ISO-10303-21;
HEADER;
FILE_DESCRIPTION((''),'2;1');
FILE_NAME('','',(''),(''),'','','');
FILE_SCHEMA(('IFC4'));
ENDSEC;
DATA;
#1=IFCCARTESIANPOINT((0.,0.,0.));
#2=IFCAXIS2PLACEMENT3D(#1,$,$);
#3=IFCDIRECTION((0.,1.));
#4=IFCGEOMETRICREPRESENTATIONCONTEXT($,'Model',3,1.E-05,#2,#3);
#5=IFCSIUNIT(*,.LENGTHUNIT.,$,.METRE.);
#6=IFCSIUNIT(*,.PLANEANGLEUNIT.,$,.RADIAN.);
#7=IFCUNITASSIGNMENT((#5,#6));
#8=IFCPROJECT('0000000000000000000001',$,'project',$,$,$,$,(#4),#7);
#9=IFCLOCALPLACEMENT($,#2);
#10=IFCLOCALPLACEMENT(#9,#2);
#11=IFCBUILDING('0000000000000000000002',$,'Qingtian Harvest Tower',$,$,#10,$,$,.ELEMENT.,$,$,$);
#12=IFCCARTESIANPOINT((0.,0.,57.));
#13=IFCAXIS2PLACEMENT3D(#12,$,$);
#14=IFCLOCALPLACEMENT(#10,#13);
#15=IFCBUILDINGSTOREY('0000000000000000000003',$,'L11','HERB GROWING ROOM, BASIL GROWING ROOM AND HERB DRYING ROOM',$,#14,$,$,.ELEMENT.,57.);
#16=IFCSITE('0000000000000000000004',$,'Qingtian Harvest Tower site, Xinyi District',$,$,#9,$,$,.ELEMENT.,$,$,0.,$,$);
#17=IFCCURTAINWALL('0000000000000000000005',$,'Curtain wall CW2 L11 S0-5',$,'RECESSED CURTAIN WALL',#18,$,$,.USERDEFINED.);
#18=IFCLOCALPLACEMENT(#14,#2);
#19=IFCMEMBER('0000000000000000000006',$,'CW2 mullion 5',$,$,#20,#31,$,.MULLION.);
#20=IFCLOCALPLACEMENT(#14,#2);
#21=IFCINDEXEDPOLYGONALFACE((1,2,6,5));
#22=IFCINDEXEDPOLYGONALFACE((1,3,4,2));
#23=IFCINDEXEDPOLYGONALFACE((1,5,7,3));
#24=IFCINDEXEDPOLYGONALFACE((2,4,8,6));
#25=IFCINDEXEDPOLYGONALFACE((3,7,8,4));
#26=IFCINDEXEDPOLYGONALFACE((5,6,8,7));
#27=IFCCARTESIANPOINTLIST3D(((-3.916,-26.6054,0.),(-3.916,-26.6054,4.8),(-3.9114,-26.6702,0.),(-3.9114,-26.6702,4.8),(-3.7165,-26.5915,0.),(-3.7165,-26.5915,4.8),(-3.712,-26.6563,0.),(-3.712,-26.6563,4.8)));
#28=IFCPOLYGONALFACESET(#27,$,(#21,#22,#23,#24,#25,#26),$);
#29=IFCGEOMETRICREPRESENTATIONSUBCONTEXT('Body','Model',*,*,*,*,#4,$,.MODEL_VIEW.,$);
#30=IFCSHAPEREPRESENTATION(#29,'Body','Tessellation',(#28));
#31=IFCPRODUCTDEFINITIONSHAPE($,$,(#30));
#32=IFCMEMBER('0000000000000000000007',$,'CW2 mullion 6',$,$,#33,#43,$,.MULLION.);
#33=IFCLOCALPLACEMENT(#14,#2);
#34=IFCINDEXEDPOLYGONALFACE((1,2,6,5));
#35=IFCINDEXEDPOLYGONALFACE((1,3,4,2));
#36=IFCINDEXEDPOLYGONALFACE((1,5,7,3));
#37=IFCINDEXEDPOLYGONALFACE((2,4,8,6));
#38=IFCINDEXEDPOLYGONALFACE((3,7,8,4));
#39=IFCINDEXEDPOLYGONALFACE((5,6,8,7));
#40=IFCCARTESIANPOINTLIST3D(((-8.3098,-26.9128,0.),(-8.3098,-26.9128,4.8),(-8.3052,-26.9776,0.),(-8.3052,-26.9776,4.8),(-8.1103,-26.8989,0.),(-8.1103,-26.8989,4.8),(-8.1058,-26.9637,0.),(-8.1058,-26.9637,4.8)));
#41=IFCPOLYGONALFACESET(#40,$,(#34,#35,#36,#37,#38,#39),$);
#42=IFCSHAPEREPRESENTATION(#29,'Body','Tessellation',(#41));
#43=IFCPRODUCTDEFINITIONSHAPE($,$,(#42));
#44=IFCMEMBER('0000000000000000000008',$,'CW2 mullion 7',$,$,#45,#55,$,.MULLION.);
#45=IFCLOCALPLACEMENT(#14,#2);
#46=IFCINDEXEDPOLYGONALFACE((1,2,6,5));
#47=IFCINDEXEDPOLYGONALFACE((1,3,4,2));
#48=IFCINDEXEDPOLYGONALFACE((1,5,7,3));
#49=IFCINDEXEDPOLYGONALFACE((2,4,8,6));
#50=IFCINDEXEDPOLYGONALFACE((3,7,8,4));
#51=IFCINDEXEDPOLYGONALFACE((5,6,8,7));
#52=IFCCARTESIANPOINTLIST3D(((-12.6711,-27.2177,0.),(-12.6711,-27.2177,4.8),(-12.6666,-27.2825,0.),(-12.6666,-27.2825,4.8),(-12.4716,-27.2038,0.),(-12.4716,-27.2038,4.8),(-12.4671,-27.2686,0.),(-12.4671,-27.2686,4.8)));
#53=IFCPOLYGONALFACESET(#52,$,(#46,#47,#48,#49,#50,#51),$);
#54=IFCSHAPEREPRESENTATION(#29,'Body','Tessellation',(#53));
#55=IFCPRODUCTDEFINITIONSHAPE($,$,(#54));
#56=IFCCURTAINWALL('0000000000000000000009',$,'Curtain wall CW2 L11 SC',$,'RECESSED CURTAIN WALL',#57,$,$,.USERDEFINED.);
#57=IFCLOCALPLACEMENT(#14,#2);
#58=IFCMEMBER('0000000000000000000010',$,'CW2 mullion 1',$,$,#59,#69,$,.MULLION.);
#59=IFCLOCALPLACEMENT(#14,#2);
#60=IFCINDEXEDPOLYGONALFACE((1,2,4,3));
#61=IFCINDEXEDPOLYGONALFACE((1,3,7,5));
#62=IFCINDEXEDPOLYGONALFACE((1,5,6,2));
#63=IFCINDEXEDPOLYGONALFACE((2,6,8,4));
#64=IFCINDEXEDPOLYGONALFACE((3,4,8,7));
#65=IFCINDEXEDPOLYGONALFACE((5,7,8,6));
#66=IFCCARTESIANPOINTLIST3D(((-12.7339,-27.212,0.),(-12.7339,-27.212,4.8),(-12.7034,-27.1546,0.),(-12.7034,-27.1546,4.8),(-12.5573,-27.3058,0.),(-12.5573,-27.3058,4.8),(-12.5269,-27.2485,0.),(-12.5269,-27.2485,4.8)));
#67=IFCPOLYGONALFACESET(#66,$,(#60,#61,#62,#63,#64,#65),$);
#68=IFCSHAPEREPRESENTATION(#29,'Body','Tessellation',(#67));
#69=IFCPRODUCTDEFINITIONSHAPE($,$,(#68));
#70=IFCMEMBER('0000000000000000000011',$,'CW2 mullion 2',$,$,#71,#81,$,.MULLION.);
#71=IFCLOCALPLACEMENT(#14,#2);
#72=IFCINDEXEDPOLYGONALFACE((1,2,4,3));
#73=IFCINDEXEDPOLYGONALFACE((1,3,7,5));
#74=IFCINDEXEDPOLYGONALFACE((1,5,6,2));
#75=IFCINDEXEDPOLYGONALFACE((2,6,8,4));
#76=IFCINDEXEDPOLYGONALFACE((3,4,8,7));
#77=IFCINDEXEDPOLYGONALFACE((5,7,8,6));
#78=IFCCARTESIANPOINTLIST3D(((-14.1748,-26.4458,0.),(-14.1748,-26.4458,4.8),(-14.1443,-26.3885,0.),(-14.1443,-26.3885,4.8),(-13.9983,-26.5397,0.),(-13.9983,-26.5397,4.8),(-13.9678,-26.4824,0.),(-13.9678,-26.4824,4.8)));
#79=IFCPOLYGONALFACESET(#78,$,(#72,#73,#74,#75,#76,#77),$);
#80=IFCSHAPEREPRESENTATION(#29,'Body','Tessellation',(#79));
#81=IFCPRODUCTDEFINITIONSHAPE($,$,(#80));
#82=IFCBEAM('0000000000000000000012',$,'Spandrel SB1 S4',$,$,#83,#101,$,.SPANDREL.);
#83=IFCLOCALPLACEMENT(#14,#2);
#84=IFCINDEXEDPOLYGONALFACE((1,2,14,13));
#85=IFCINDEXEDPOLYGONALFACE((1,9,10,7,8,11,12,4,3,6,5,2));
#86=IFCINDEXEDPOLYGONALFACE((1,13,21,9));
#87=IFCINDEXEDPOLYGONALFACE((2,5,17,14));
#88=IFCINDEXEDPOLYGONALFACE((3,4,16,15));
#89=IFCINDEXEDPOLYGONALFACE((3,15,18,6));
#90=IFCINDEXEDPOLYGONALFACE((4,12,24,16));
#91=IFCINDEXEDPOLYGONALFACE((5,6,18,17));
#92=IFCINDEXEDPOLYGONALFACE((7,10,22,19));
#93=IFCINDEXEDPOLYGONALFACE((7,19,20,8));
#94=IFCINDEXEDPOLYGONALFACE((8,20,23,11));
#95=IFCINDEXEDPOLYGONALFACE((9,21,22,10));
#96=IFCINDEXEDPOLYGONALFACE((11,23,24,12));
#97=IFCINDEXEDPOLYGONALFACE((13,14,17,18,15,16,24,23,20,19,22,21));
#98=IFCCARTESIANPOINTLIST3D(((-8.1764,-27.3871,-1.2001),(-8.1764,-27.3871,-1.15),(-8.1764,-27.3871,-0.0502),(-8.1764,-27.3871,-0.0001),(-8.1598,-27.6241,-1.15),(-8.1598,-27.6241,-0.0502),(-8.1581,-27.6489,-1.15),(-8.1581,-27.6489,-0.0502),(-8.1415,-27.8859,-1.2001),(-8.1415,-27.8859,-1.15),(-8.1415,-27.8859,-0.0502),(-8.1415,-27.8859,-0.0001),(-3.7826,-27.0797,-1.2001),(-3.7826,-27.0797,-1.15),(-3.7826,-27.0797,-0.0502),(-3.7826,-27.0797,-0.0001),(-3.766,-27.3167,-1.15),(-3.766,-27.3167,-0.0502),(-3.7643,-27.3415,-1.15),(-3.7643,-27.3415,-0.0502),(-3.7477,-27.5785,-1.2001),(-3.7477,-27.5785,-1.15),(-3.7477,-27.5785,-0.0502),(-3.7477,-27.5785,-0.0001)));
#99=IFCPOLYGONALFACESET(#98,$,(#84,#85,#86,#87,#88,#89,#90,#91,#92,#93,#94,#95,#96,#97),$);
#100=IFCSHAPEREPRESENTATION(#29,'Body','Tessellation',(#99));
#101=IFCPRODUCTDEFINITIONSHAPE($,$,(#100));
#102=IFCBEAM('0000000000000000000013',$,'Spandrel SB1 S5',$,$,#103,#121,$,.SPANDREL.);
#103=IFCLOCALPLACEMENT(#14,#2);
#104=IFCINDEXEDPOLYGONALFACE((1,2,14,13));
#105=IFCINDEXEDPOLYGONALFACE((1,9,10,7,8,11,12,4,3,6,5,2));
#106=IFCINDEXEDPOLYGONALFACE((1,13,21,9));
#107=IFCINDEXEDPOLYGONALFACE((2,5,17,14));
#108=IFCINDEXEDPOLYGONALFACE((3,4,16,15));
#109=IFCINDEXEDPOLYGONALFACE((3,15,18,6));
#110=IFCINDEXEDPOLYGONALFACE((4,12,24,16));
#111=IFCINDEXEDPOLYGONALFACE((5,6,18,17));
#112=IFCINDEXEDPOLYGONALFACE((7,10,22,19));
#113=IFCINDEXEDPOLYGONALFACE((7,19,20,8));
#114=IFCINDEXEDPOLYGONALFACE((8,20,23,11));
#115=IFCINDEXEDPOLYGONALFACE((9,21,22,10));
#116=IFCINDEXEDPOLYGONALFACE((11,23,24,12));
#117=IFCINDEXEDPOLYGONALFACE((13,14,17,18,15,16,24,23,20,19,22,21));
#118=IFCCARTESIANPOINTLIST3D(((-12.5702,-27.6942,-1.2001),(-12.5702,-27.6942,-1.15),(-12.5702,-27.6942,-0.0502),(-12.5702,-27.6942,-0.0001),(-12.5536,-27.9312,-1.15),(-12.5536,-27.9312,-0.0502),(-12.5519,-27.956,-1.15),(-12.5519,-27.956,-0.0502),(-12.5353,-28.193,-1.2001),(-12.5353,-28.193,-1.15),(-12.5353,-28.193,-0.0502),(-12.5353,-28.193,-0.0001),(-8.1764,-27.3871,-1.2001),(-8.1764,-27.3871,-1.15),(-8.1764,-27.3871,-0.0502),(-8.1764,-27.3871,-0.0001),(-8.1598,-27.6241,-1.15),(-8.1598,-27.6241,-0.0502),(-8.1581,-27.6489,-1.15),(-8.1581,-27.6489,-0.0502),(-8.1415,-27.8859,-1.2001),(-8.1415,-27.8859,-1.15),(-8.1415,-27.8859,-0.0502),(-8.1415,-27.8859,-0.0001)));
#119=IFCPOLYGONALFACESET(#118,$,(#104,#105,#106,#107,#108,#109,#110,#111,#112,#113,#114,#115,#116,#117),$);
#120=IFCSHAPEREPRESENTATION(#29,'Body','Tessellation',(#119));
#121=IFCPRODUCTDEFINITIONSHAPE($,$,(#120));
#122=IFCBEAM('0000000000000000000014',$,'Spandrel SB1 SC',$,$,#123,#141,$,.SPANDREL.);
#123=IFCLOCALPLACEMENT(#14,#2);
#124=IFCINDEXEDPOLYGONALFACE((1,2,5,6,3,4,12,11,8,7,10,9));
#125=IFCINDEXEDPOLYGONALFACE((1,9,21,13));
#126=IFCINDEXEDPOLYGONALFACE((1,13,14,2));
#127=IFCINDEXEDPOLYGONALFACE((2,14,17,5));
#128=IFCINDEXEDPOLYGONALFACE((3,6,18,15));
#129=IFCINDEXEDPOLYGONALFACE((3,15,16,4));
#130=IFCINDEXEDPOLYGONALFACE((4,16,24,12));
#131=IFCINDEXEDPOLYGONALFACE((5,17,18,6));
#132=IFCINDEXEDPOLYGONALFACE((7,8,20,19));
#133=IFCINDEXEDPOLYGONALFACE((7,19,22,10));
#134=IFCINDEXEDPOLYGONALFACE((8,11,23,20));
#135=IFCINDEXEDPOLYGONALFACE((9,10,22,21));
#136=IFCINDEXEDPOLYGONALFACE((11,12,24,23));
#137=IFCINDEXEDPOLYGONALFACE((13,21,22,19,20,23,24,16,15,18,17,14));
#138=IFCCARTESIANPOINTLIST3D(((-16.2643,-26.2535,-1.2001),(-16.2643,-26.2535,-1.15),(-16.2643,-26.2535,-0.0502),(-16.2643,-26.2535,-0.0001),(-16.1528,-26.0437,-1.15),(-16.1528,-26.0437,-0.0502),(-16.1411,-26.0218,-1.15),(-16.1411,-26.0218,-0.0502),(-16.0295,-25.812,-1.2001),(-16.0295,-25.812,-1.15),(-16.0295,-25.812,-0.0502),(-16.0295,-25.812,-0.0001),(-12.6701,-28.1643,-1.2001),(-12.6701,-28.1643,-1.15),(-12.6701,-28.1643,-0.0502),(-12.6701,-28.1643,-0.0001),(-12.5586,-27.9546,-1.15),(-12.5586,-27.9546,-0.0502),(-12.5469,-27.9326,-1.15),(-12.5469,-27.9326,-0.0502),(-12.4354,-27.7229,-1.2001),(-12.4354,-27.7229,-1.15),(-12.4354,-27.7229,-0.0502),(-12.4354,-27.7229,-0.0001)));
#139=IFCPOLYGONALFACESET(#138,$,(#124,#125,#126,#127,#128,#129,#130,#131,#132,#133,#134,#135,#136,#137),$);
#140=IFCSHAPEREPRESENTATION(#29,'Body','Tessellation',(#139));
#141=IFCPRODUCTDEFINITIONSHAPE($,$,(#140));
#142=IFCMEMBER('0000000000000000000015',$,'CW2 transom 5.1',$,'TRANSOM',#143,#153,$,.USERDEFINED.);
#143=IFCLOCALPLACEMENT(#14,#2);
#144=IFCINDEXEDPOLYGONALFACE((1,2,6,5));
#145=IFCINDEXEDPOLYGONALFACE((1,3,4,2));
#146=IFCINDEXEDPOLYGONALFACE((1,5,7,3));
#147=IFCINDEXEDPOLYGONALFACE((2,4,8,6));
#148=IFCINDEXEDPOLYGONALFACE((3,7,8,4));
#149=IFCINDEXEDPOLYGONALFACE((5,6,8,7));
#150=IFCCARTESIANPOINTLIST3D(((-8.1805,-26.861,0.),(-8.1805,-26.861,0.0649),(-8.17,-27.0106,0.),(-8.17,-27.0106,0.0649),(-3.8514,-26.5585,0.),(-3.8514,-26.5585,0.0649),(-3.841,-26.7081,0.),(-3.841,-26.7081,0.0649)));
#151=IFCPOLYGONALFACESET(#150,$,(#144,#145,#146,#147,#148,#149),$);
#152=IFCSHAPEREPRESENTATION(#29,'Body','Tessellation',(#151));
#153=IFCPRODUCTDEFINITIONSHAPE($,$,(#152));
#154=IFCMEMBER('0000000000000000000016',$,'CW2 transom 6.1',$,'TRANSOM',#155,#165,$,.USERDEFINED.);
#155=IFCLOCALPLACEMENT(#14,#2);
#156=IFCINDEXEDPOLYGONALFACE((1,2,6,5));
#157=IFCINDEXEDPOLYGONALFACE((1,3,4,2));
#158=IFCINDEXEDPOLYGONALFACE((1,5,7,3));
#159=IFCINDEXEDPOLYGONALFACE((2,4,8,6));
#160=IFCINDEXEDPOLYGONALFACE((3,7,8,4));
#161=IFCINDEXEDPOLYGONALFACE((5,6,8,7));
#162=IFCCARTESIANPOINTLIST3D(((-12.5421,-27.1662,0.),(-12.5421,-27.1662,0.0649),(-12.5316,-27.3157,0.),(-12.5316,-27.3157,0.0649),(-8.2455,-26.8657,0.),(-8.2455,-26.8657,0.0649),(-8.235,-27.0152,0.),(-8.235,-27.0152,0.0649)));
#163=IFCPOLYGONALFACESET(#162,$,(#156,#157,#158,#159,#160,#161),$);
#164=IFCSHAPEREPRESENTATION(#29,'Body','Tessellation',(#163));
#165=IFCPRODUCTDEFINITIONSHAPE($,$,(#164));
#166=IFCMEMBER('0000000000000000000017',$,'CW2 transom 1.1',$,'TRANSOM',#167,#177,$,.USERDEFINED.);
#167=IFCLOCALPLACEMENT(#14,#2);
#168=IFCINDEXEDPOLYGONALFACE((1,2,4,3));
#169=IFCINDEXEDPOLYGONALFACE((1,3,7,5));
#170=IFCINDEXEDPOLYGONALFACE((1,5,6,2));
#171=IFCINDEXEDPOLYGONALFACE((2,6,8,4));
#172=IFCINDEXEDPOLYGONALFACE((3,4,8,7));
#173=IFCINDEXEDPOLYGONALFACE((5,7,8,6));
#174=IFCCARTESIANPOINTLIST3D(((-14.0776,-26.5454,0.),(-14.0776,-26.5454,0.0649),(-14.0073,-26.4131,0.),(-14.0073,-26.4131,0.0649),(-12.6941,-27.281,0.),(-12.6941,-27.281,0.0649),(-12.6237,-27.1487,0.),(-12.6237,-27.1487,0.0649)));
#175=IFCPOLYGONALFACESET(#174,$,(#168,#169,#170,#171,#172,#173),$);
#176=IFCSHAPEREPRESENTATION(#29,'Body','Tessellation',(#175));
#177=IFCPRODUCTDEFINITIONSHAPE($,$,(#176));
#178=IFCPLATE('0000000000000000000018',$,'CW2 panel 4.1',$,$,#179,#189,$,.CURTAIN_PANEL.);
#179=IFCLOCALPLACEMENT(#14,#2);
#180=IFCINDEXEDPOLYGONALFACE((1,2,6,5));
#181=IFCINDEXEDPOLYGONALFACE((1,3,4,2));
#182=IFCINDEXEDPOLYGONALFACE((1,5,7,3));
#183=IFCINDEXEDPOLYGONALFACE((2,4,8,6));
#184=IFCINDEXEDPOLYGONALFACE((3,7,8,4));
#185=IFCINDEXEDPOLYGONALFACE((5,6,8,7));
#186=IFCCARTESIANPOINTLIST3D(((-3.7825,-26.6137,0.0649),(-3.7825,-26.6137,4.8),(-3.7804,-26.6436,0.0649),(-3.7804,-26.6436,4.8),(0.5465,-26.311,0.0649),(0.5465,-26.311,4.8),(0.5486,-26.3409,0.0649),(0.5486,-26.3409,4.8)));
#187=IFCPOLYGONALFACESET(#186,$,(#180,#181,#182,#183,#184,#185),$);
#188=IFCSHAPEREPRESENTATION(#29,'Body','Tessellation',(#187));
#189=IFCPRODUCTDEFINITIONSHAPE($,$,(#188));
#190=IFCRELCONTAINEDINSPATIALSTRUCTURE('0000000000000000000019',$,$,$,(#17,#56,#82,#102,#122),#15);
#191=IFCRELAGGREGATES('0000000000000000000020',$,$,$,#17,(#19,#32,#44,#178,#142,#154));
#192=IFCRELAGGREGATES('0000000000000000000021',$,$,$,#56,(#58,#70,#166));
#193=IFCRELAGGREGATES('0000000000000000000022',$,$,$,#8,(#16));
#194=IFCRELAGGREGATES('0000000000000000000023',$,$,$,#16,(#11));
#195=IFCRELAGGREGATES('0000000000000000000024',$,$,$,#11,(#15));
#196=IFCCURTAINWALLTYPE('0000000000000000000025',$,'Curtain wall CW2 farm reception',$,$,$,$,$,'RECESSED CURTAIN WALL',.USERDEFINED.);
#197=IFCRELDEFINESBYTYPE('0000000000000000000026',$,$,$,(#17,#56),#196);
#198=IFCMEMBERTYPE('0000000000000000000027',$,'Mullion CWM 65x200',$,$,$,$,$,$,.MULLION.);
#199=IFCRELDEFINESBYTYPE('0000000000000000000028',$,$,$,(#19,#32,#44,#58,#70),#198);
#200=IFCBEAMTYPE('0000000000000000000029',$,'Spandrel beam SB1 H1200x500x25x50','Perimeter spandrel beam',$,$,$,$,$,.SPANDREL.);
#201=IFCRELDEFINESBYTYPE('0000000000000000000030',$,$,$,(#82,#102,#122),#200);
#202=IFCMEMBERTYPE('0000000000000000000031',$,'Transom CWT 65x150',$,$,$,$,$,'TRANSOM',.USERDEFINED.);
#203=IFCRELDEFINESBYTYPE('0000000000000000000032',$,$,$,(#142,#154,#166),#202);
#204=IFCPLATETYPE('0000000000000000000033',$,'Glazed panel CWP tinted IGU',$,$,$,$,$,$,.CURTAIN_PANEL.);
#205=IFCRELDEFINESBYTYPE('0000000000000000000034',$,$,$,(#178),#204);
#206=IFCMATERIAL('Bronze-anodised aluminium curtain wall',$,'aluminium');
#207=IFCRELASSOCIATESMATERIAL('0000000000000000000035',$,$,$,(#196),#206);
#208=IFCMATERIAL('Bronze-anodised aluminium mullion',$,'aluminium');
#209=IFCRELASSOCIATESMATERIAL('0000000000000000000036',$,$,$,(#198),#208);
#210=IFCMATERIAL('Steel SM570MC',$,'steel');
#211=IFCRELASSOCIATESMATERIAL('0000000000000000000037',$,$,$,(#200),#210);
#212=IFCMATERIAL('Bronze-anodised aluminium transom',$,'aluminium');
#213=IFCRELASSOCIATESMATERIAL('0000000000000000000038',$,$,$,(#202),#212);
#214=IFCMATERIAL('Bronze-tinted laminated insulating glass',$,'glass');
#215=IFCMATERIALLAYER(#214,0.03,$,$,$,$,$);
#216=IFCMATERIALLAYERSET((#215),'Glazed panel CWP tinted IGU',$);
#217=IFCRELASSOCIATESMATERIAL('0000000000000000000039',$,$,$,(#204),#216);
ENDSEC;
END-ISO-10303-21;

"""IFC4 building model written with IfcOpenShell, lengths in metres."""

from ifc_helpers import new_model, si_unit, direction, frame, origin, origin_2d, place, context, subcontext, project, spatial, rectangle, i_section, extrude, material, layer, layer_set, material_profile, profile_set, type_object, element, aggregate, save


model = new_model("IFC4")

# Units and contexts
model_context = context("Model", 3, precision=1e-05, world=origin(), true_north=direction((0.0, 1.0)))
body_context = subcontext(model_context, "Body", "Model", "MODEL_VIEW")
ifc_project = project(units=[si_unit("LENGTHUNIT", "METRE"), si_unit("PLANEANGLEUNIT", "RADIAN")], contexts=[model_context])

# Site, building, storey
site_placement = place(None, origin())
site = spatial("IfcSite", under=ifc_project, at=site_placement, Name="Qingtian Harvest Tower site, Xinyi District", CompositionType="ELEMENT", RefElevation=0.0)
building_placement = place(site_placement, origin())
building = spatial("IfcBuilding", under=site, at=building_placement, Name="Qingtian Harvest Tower", CompositionType="ELEMENT")
storey_placement = place(building_placement, frame((0.0, 0.0, 57.0)))
storey = spatial("IfcBuildingStorey", under=building, at=storey_placement, Name="L11", Description="HERB GROWING ROOM, BASIL GROWING ROOM AND HERB DRYING ROOM", CompositionType="ELEMENT", Elevation=57.0)

# Curtain walls, members
ifc_material_1 = material(Name="Bronze-anodised aluminium curtain wall", Category="aluminium")
curtain_wall_type = type_object("IfcCurtainWallType", Name="Curtain wall CW2 farm reception", ElementType="RECESSED CURTAIN WALL", PredefinedType="USERDEFINED", material=ifc_material_1)
curtain_wall_1_placement = place(storey_placement, origin())
curtain_wall_1 = element("IfcCurtainWall", 1, at=curtain_wall_1_placement, inside=storey, type_object=curtain_wall_type, Name="Curtain wall CW2 L11 S0-5", ObjectType="RECESSED CURTAIN WALL", PredefinedType="USERDEFINED")
ifc_material_2 = material(Name="Bronze-anodised aluminium mullion", Category="aluminium")
ifc_material_profile_1 = material_profile(ifc_material_2, rectangle(XDim=0.0649, YDim=0.2, at=origin_2d()), Name="AL 65x200")
ifc_profile_set_1 = profile_set([ifc_material_profile_1], Name="Bronze-anodised aluminium mullion")
member_type_1 = type_object("IfcMemberType", Name="Mullion CWM 65x200", PredefinedType="MULLION", material=ifc_profile_set_1)
member_1_placement = place(storey_placement, frame((-3.814, -26.6309, 0.0), z_axis=(0.0, 0.0, 1.0), x_axis=(0.069756, -0.997564, 0.0)))
member_1 = element("IfcMember", 2, at=member_1_placement, type_object=member_type_1, Name="CW2 mullion 5", PredefinedType="MULLION", context=body_context, shape_type="SweptSolid", body=[
    extrude(rectangle(XDim=0.0649, YDim=0.2, at=origin_2d()), origin(), (0.0, 0.0, 1.0), 4.8),
])
member_2_placement = place(storey_placement, frame((-8.2078, -26.9382, 0.0), z_axis=(0.0, 0.0, 1.0), x_axis=(0.069756, -0.997564, 0.0)))
member_2 = element("IfcMember", 3, at=member_2_placement, type_object=member_type_1, Name="CW2 mullion 6", PredefinedType="MULLION", context=body_context, shape_type="SweptSolid", body=[
    extrude(rectangle(XDim=0.0649, YDim=0.2, at=origin_2d()), origin(), (0.0, 0.0, 1.0), 4.8),
])
member_3_placement = place(storey_placement, frame((-12.5691, -27.2432, 0.0), z_axis=(0.0, 0.0, 1.0), x_axis=(0.069756, -0.997564, 0.0)))
member_3 = element("IfcMember", 4, at=member_3_placement, type_object=member_type_1, Name="CW2 mullion 7", PredefinedType="MULLION", context=body_context, shape_type="SweptSolid", body=[
    extrude(rectangle(XDim=0.0649, YDim=0.2, at=origin_2d()), origin(), (0.0, 0.0, 1.0), 4.8),
])
curtain_wall_2_placement = place(storey_placement, origin())
curtain_wall_2 = element("IfcCurtainWall", 5, at=curtain_wall_2_placement, inside=storey, type_object=curtain_wall_type, Name="Curtain wall CW2 L11 SC", ObjectType="RECESSED CURTAIN WALL", PredefinedType="USERDEFINED")
member_4_placement = place(storey_placement, frame((-12.6304, -27.2302, 0.0), z_axis=(0.0, 0.0, 1.0), x_axis=(-0.469472, -0.882948, 0.0)))
member_4 = element("IfcMember", 6, at=member_4_placement, type_object=member_type_1, Name="CW2 mullion 1", PredefinedType="MULLION", context=body_context, shape_type="SweptSolid", body=[
    extrude(rectangle(XDim=0.0649, YDim=0.2, at=origin_2d()), origin(), (0.0, 0.0, 1.0), 4.8),
])
member_5_placement = place(storey_placement, frame((-14.0713, -26.4641, 0.0), z_axis=(0.0, 0.0, 1.0), x_axis=(-0.469472, -0.882948, 0.0)))
member_5 = element("IfcMember", 7, at=member_5_placement, type_object=member_type_1, Name="CW2 mullion 2", PredefinedType="MULLION", context=body_context, shape_type="SweptSolid", body=[
    extrude(rectangle(XDim=0.0649, YDim=0.2, at=origin_2d()), origin(), (0.0, 0.0, 1.0), 4.8),
])

# Beams
ifc_material_3 = material(Name="Steel SM570MC", Category="steel")
ifc_material_profile_2 = material_profile(ifc_material_3, i_section(OverallWidth=0.5, OverallDepth=1.2, WebThickness=0.0249, FlangeThickness=0.05, at=origin_2d()), Name="H1200x500x25x50")
ifc_profile_set_2 = profile_set([ifc_material_profile_2], Name="Steel SM570MC")
beam_type_1 = type_object("IfcBeamType", Name="Spandrel beam SB1 H1200x500x25x50", Description="Perimeter spandrel beam", PredefinedType="SPANDREL", material=ifc_profile_set_2)
for number, where, z_axis, x_axis, name in (
    (8, (-3.7651, -27.3291, -0.6001), (-0.997562, -0.069786, 0.0), (0.069786, -0.997562, 0.0), "Spandrel SB1 S4"),
    (9, (-8.1589, -27.6365, -0.6001), (-0.997566, -0.06973, 0.0), (0.06973, -0.997566, 0.0), "Spandrel SB1 S5"),
):
    element("IfcBeam", number, at=place(storey_placement, frame(where, z_axis=z_axis, x_axis=x_axis)), inside=storey, type_object=beam_type_1, Name=name, PredefinedType="SPANDREL", context=body_context, shape_type="SweptSolid", body=[
        extrude(i_section(OverallWidth=0.5, OverallDepth=1.2, WebThickness=0.0249, FlangeThickness=0.05, at=origin_2d()), origin(), (0.0, 0.0, 1.0), 4.4045),
    ])
beam_1_placement = place(storey_placement, frame((-12.5527, -27.9436, -0.6001), z_axis=(-0.882968, 0.469433, 0.0), x_axis=(-0.469433, -0.882968, 0.0)))
element("IfcBeam", 10, at=beam_1_placement, inside=storey, type_object=beam_type_1, Name="Spandrel SB1 SC", PredefinedType="SPANDREL", context=body_context, shape_type="SweptSolid", body=[
    extrude(i_section(OverallWidth=0.5, OverallDepth=1.2, WebThickness=0.0249, FlangeThickness=0.05, at=origin_2d()), origin(), (0.0, 0.0, 1.0), 4.0706),
])

# Members
ifc_material_4 = material(Name="Bronze-anodised aluminium transom", Category="aluminium")
ifc_material_profile_3 = material_profile(ifc_material_4, rectangle(XDim=0.1499, YDim=0.0649, at=origin_2d()), Name="AL 65x150")
ifc_profile_set_3 = profile_set([ifc_material_profile_3], Name="Bronze-anodised aluminium transom")
member_type_2 = type_object("IfcMemberType", Name="Transom CWT 65x150", ElementType="TRANSOM", PredefinedType="USERDEFINED", material=ifc_profile_set_3)
member_6_placement = place(storey_placement, frame((-3.8462, -26.6333, 0.0325), z_axis=(-0.997568, -0.069704, 0.0), x_axis=(0.069704, -0.997568, 0.0)))
member_6 = element("IfcMember", 11, at=member_6_placement, type_object=member_type_2, Name="CW2 transom 5.1", ObjectType="TRANSOM", PredefinedType="USERDEFINED", context=body_context, shape_type="SweptSolid", body=[
    extrude(rectangle(XDim=0.1499, YDim=0.0649, at=origin_2d()), origin(), (0.0, 0.0, 1.0), 4.3396),
])
member_7_placement = place(storey_placement, frame((-8.2402, -26.9404, 0.0325), z_axis=(-0.997563, -0.069777, 0.0), x_axis=(0.069777, -0.997563, 0.0)))
member_7 = element("IfcMember", 12, at=member_7_placement, type_object=member_type_2, Name="CW2 transom 6.1", ObjectType="TRANSOM", PredefinedType="USERDEFINED", context=body_context, shape_type="SweptSolid", body=[
    extrude(rectangle(XDim=0.1499, YDim=0.0649, at=origin_2d()), origin(), (0.0, 0.0, 1.0), 4.3071),
])
member_8_placement = place(storey_placement, frame((-12.6589, -27.2148, 0.0325), z_axis=(-0.88296, 0.469448, 0.0), x_axis=(-0.469448, -0.88296, 0.0)))
member_8 = element("IfcMember", 13, at=member_8_placement, type_object=member_type_2, Name="CW2 transom 1.1", ObjectType="TRANSOM", PredefinedType="USERDEFINED", context=body_context, shape_type="SweptSolid", body=[
    extrude(rectangle(XDim=0.1499, YDim=0.0649, at=origin_2d()), origin(), (0.0, 0.0, 1.0), 1.5669),
])

# Plate
ifc_material_5 = material(Name="Bronze-tinted laminated insulating glass", Category="glass")
ifc_layer_1 = layer(ifc_material_5, 0.03)
ifc_layer_set_1 = layer_set([ifc_layer_1], Name="Glazed panel CWP tinted IGU")
plate_type = type_object("IfcPlateType", Name="Glazed panel CWP tinted IGU", PredefinedType="CURTAIN_PANEL", material=ifc_layer_set_1)
plate_1_placement = place(storey_placement, frame((-1.6169, -26.4773, 0.0649), z_axis=(0.0, 0.0, 1.0), x_axis=(-0.997564, -0.069756, 0.0)))
plate_1 = element("IfcPlate", 14, at=plate_1_placement, type_object=plate_type, Name="CW2 panel 4.1", PredefinedType="CURTAIN_PANEL", context=body_context, shape_type="SweptSolid", body=[
    extrude(rectangle(XDim=4.3396, YDim=0.03, at=origin_2d()), origin(), (0.0, 0.0, 1.0), 4.7351),
])
aggregate(curtain_wall_1, [member_1, member_2, member_3, plate_1, member_6, member_7])
aggregate(curtain_wall_2, [member_4, member_5, member_8])

save(model, "model.ifc")
